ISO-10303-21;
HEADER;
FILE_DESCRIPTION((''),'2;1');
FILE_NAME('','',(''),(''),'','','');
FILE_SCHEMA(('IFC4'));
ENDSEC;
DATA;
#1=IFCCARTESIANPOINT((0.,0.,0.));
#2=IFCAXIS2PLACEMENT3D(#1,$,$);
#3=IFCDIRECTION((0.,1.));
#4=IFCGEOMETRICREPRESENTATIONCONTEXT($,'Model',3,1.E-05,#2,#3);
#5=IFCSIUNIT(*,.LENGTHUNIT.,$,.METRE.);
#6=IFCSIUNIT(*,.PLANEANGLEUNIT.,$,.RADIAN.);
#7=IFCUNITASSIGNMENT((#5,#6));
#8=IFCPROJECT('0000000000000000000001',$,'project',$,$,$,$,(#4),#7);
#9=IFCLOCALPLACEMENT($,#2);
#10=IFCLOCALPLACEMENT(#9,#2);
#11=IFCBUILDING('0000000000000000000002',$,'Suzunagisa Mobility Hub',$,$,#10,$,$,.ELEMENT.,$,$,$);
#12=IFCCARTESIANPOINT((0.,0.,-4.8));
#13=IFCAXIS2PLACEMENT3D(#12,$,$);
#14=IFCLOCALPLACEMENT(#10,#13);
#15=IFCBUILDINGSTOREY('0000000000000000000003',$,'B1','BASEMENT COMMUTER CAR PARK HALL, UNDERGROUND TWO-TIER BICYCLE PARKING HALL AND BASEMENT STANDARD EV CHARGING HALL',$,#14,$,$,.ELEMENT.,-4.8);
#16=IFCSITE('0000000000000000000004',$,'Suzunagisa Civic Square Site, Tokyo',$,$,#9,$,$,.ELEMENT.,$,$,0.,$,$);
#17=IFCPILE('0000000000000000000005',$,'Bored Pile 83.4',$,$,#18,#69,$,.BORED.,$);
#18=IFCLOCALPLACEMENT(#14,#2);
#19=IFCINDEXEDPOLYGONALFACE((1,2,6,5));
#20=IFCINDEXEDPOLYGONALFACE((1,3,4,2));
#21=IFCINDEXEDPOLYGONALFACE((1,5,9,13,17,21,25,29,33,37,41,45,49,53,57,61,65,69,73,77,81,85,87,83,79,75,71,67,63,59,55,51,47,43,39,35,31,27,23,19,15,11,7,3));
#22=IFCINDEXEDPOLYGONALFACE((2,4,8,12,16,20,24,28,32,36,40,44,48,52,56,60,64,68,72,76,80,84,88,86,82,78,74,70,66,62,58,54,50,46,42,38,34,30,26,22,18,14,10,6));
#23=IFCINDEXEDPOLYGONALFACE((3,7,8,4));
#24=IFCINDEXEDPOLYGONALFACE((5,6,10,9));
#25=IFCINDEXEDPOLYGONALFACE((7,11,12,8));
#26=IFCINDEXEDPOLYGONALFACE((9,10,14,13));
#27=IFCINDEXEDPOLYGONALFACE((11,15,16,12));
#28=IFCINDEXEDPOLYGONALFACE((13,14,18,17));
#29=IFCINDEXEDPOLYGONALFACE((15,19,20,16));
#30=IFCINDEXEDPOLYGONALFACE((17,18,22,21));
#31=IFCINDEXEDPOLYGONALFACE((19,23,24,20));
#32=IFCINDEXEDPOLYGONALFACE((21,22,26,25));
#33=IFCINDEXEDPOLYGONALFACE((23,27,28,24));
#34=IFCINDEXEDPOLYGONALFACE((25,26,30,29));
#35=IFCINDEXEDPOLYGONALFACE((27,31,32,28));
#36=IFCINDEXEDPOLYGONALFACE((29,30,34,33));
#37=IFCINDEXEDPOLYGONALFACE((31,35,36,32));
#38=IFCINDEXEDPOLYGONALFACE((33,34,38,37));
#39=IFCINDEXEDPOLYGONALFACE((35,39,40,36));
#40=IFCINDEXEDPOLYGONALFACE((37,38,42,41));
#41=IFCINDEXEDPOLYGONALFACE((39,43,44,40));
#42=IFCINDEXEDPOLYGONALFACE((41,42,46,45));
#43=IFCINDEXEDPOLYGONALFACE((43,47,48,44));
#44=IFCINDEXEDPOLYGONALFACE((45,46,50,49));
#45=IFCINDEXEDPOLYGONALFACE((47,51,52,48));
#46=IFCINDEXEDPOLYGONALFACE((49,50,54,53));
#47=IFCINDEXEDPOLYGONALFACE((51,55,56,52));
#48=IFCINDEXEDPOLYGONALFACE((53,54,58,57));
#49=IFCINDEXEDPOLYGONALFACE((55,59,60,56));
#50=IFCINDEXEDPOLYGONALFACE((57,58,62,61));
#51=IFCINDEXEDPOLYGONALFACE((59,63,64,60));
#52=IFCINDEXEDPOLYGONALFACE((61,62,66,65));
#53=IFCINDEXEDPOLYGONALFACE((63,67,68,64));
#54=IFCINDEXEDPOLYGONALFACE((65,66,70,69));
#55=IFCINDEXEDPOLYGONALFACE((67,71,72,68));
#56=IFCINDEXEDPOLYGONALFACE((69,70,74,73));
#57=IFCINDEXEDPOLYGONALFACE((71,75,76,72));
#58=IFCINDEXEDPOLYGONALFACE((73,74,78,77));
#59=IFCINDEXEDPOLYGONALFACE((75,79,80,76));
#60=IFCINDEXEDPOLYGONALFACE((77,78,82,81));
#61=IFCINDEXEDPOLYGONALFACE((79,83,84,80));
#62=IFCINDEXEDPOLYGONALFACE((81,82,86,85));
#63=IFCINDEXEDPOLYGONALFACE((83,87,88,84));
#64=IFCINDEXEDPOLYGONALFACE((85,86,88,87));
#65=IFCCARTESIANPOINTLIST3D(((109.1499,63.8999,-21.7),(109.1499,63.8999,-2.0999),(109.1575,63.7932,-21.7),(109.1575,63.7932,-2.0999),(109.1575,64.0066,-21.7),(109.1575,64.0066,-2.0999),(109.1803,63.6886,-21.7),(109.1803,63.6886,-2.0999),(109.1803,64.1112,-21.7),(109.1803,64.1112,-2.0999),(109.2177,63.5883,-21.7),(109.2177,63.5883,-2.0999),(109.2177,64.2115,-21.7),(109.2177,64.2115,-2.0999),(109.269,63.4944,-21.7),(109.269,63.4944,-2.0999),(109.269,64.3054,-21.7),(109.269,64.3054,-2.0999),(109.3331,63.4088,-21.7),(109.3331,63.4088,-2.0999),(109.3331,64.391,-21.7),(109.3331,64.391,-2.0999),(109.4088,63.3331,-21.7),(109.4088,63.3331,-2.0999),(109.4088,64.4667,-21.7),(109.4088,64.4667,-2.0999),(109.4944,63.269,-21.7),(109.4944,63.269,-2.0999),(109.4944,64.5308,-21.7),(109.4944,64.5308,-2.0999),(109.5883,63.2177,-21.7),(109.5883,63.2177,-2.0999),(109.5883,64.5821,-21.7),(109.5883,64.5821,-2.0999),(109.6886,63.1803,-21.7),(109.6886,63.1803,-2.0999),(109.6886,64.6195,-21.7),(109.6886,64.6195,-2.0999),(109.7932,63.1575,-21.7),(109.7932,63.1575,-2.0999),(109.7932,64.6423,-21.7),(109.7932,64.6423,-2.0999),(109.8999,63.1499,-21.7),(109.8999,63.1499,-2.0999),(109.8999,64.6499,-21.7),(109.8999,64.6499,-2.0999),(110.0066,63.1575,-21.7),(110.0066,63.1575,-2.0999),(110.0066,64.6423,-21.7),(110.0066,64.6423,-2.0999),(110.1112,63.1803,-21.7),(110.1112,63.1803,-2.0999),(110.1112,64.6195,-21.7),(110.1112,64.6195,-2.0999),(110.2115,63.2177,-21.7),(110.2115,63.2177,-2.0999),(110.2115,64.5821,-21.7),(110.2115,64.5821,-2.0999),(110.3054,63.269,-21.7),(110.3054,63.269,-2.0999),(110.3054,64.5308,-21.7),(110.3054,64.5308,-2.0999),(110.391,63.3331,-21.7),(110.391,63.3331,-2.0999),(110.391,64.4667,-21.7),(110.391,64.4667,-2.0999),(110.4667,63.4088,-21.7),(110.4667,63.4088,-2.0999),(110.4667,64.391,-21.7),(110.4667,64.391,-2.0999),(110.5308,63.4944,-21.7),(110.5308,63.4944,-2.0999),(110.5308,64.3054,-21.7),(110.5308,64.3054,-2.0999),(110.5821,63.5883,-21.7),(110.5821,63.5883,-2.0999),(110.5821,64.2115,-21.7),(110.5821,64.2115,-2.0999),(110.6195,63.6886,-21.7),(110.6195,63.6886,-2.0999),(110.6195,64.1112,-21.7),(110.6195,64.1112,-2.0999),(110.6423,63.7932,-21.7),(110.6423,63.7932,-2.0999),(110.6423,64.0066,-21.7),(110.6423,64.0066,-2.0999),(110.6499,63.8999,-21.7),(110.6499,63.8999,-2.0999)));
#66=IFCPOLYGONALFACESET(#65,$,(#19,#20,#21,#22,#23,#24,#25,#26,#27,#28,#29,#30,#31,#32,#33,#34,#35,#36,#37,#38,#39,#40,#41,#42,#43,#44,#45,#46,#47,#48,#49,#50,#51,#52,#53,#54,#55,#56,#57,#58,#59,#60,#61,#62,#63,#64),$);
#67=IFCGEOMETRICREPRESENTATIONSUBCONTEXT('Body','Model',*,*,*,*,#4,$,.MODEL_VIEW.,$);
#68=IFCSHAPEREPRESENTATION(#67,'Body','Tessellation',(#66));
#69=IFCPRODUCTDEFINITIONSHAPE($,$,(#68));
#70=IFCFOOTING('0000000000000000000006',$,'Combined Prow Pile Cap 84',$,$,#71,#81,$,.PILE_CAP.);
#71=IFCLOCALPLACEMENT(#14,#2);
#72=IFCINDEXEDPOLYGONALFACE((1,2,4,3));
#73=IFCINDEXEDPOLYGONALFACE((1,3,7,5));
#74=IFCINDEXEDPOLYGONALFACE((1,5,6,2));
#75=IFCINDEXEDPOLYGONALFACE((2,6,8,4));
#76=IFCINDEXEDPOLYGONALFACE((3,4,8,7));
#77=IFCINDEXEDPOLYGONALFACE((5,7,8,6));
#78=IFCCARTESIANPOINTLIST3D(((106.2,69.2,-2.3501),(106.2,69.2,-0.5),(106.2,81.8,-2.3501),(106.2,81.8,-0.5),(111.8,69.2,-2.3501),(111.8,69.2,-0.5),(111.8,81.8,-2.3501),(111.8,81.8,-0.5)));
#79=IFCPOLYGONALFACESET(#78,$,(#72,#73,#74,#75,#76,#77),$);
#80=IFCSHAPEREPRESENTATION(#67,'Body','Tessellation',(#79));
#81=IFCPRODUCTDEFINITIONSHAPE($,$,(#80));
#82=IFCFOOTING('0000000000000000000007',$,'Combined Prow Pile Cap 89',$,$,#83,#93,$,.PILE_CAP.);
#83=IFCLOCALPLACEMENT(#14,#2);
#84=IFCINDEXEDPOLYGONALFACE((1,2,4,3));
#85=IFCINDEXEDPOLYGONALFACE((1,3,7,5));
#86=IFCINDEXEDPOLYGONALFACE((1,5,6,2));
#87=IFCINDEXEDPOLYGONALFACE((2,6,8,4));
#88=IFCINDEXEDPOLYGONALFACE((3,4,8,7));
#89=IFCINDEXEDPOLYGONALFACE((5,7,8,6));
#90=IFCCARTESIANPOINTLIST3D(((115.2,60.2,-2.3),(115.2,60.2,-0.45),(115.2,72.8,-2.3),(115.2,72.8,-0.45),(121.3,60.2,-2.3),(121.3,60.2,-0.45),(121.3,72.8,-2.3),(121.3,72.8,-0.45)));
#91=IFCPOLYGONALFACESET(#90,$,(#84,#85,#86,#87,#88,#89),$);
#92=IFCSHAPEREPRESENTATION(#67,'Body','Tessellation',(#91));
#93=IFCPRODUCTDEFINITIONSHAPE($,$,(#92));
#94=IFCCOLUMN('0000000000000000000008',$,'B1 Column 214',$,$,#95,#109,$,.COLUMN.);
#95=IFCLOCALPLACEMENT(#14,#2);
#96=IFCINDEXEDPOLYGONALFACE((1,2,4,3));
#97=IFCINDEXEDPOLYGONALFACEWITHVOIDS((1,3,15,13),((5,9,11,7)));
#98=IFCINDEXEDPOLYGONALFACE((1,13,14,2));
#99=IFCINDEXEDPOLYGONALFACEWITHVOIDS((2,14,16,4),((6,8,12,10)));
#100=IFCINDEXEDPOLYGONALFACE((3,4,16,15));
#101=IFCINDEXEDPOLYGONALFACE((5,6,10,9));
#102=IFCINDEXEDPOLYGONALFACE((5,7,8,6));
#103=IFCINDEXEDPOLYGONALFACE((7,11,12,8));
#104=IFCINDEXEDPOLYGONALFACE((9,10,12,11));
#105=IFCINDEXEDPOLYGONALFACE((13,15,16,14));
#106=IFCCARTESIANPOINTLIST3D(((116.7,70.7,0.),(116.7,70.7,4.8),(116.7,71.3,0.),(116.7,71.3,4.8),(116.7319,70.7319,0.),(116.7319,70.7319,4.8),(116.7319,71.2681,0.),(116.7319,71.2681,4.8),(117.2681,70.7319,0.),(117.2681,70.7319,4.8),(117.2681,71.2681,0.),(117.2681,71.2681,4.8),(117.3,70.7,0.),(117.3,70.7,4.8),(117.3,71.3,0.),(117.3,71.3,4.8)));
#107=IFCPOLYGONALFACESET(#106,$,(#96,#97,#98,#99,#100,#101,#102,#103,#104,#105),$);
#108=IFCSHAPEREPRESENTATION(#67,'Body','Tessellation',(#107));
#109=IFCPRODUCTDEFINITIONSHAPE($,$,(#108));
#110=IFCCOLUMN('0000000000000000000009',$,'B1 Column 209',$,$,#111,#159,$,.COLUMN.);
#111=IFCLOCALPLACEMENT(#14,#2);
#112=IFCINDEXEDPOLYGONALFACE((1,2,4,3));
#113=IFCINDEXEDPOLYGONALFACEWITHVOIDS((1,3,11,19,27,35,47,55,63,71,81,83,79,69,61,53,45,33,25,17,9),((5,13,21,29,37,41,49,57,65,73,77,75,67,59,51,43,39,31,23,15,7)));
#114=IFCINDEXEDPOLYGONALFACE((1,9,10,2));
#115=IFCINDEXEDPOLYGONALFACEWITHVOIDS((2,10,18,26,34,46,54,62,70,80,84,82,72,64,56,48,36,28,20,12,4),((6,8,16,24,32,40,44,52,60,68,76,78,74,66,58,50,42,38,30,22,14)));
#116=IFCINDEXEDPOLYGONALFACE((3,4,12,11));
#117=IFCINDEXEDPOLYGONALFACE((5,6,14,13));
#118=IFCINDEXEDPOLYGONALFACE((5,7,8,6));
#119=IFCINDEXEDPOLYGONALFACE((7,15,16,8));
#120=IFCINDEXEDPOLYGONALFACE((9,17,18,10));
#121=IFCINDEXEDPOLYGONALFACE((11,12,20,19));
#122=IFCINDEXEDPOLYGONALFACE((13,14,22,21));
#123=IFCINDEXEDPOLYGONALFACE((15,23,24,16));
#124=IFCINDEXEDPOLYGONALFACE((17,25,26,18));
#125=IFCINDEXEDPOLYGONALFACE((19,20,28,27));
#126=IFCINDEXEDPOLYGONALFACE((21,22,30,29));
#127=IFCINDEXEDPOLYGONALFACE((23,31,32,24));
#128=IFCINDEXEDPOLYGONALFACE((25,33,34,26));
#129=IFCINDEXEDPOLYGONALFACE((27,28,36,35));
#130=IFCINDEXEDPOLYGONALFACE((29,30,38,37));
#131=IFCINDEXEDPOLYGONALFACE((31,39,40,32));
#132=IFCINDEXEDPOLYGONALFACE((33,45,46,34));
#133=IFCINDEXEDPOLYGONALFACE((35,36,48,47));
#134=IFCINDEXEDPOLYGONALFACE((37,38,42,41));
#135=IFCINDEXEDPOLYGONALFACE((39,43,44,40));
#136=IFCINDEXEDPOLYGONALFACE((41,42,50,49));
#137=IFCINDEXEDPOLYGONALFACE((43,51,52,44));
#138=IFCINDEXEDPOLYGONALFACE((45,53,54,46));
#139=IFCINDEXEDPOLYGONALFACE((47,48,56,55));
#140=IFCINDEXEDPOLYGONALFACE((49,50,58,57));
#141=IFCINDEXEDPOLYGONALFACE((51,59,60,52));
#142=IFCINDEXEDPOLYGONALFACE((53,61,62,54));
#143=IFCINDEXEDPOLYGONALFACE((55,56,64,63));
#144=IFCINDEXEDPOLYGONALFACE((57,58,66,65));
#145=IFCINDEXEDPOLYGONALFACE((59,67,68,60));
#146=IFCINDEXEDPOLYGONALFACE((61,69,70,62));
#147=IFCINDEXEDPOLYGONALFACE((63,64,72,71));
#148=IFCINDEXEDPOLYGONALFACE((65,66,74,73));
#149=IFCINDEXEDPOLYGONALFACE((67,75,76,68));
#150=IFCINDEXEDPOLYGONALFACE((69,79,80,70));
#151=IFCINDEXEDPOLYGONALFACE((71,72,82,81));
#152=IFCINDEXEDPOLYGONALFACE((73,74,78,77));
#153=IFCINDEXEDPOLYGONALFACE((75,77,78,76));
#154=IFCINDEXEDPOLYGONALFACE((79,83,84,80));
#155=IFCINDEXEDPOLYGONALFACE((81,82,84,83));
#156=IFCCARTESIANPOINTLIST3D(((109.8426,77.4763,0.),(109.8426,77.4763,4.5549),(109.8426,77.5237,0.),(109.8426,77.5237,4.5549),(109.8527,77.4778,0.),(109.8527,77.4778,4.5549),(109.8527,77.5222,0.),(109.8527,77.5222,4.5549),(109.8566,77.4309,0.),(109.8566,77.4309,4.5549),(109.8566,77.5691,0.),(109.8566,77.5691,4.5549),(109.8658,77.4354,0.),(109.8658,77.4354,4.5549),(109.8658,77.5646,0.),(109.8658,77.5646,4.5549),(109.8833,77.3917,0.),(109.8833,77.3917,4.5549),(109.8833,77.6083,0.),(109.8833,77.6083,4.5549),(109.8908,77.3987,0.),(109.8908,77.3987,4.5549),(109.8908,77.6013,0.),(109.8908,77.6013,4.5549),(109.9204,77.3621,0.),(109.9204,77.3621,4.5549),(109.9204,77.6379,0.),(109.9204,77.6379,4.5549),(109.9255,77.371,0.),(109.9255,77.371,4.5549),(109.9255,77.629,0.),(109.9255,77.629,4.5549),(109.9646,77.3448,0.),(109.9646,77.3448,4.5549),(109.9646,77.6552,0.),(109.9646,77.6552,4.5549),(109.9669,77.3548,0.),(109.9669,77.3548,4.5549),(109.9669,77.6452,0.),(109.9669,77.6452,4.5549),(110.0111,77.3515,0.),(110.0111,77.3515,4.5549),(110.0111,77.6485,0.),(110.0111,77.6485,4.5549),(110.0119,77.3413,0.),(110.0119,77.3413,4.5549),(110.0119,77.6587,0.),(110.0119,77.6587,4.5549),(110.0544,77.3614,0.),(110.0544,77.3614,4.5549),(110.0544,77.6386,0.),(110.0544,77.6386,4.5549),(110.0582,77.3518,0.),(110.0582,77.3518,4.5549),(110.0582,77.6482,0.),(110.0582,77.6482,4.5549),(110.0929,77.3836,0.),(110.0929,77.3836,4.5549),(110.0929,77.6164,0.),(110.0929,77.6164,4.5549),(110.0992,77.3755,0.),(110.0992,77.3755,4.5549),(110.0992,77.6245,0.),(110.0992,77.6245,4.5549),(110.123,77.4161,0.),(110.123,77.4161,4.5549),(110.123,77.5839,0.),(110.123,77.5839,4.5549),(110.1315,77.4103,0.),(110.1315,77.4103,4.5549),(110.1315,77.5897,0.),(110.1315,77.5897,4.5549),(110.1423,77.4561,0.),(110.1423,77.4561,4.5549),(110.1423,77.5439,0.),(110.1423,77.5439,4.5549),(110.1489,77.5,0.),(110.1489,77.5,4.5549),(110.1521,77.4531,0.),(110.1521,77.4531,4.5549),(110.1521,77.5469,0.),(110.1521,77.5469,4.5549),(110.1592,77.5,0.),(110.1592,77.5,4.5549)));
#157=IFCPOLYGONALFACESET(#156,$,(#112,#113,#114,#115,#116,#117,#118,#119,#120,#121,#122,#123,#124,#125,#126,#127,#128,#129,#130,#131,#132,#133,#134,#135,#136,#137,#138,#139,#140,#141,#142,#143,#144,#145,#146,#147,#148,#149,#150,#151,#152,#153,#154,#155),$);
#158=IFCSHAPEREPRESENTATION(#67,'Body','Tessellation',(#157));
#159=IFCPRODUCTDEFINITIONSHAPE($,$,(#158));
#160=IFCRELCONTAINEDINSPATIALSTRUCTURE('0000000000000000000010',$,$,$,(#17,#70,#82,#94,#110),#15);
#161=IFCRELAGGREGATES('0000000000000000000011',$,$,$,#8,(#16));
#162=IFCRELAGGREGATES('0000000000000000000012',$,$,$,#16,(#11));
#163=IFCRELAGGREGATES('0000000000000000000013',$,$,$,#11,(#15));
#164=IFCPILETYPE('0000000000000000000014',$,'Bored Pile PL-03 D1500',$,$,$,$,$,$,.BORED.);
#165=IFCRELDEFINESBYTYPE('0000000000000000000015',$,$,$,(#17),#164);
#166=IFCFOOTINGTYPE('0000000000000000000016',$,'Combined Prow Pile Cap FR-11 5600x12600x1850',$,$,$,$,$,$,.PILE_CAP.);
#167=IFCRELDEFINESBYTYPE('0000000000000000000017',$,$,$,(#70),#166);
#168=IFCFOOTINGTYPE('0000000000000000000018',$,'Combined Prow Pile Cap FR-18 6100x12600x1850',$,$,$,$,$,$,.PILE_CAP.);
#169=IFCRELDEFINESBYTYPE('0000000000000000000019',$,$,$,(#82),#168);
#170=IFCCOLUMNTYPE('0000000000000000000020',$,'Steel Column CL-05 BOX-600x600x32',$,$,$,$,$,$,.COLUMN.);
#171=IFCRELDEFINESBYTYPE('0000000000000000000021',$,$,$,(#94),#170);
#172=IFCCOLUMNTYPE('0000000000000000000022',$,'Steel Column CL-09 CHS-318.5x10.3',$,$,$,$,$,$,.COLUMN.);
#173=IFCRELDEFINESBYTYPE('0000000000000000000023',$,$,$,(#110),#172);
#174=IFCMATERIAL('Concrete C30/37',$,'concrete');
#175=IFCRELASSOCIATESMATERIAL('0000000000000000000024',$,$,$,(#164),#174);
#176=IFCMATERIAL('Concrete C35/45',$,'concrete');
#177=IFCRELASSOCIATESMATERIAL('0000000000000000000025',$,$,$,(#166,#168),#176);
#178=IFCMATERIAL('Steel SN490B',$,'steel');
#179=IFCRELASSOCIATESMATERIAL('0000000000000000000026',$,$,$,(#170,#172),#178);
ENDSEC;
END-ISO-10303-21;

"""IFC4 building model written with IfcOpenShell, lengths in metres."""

from ifc_helpers import new_model, si_unit, direction, frame, origin, origin_2d, place, context, subcontext, project, spatial, rectangle, hollow_rectangle, circle, hollow_circle, extrude, material, material_profile, profile_set, type_object, element, save


model = new_model("IFC4")

# Units and contexts
model_context = context("Model", 3, precision=1e-05, world=origin(), true_north=direction((0.0, 1.0)))
body_context = subcontext(model_context, "Body", "Model", "MODEL_VIEW")
ifc_project = project(units=[si_unit("LENGTHUNIT", "METRE"), si_unit("PLANEANGLEUNIT", "RADIAN")], contexts=[model_context])

# Site, building, storey
site_placement = place(None, origin())
site = spatial("IfcSite", under=ifc_project, at=site_placement, Name="Suzunagisa Civic Square Site, Tokyo", CompositionType="ELEMENT", RefElevation=0.0)
building_placement = place(site_placement, origin())
building = spatial("IfcBuilding", under=site, at=building_placement, Name="Suzunagisa Mobility Hub", CompositionType="ELEMENT")
storey_placement = place(building_placement, frame((0.0, 0.0, -4.8)))
storey = spatial("IfcBuildingStorey", under=building, at=storey_placement, Name="B1", Description="BASEMENT COMMUTER CAR PARK HALL, UNDERGROUND TWO-TIER BICYCLE PARKING HALL AND BASEMENT STANDARD EV CHARGING HALL", CompositionType="ELEMENT", Elevation=-4.8)

# Pile
ifc_material_1 = material(Name="Concrete C30/37", Category="concrete")
ifc_material_profile_1 = material_profile(ifc_material_1, circle(Radius=0.75, at=origin_2d()), Name="BORED PILE D1500")
ifc_profile_set_1 = profile_set([ifc_material_profile_1], Name="Concrete C30/37")
pile_type_1 = type_object("IfcPileType", Name="Bored Pile PL-03 D1500", PredefinedType="BORED", material=ifc_profile_set_1)
pile_placement = place(storey_placement, frame((109.8999, 63.8999, -2.0999), z_axis=(0.0, 0.0, -1.0), x_axis=(1.0, 0.0, 0.0)))
element("IfcPile", 1, at=pile_placement, inside=storey, type_object=pile_type_1, Name="Bored Pile 83.4", PredefinedType="BORED", context=body_context, shape_type="SweptSolid", body=[
    extrude(circle(Radius=0.75, at=origin_2d()), origin(), (0.0, 0.0, 1.0), 19.6001),
])

# Footings
ifc_material_2 = material(Name="Concrete C35/45", Category="concrete")
footing_type_1 = type_object("IfcFootingType", Name="Combined Prow Pile Cap FR-11 5600x12600x1850", PredefinedType="PILE_CAP", material=ifc_material_2)
footing_1_placement = place(storey_placement, frame((109.0, 75.5, -2.3501), z_axis=(0.0, 0.0, 1.0), x_axis=(1.0, 0.0, 0.0)))
element("IfcFooting", 2, at=footing_1_placement, inside=storey, type_object=footing_type_1, Name="Combined Prow Pile Cap 84", PredefinedType="PILE_CAP", context=body_context, shape_type="SweptSolid", body=[
    extrude(rectangle(XDim=5.6001, YDim=12.6001, at=origin_2d()), origin(), (0.0, 0.0, 1.0), 1.8501),
])
footing_type_2 = type_object("IfcFootingType", Name="Combined Prow Pile Cap FR-18 6100x12600x1850", PredefinedType="PILE_CAP", material=ifc_material_2)
footing_2_placement = place(storey_placement, frame((118.25, 66.5, -2.3), z_axis=(0.0, 0.0, 1.0), x_axis=(1.0, 0.0, 0.0)))
element("IfcFooting", 3, at=footing_2_placement, inside=storey, type_object=footing_type_2, Name="Combined Prow Pile Cap 89", PredefinedType="PILE_CAP", context=body_context, shape_type="SweptSolid", body=[
    extrude(rectangle(XDim=6.1001, YDim=12.6001, at=origin_2d()), origin(), (0.0, 0.0, 1.0), 1.8501),
])

# Columns
ifc_material_3 = material(Name="Steel SN490B", Category="steel")
ifc_material_profile_2 = material_profile(ifc_material_3, hollow_rectangle(XDim=0.6001, YDim=0.6001, WallThickness=0.032, at=origin_2d()), Name="BOX-600x600x32")
ifc_profile_set_2 = profile_set([ifc_material_profile_2], Name="Steel SN490B")
column_type_1 = type_object("IfcColumnType", Name="Steel Column CL-05 BOX-600x600x32", PredefinedType="COLUMN", material=ifc_profile_set_2)
column_1_placement = place(storey_placement, frame((117.0, 71.0, 0.0), z_axis=(0.0, 0.0, 1.0), x_axis=(1.0, 0.0, 0.0)))
element("IfcColumn", 4, at=column_1_placement, inside=storey, type_object=column_type_1, Name="B1 Column 214", PredefinedType="COLUMN", context=body_context, shape_type="SweptSolid", body=[
    extrude(hollow_rectangle(XDim=0.6001, YDim=0.6001, WallThickness=0.032, at=origin_2d()), origin(), (0.0, 0.0, 1.0), 4.8),
])
ifc_material_profile_3 = material_profile(ifc_material_3, hollow_circle(Radius=0.1592, WallThickness=0.0103, at=origin_2d()), Name="CHS-318.5x10.3")
ifc_profile_set_3 = profile_set([ifc_material_profile_3], Name="Steel SN490B")
column_type_2 = type_object("IfcColumnType", Name="Steel Column CL-09 CHS-318.5x10.3", PredefinedType="COLUMN", material=ifc_profile_set_3)
column_2_placement = place(storey_placement, frame((110.0, 77.5, 0.0), z_axis=(0.0, 0.0, 1.0), x_axis=(1.0, 0.0, 0.0)))
element("IfcColumn", 5, at=column_2_placement, inside=storey, type_object=column_type_2, Name="B1 Column 209", PredefinedType="COLUMN", context=body_context, shape_type="SweptSolid", body=[
    extrude(hollow_circle(Radius=0.1592, WallThickness=0.0103, at=origin_2d()), origin(), (0.0, 0.0, 1.0), 4.5549),
])

save(model, "model.ifc")
